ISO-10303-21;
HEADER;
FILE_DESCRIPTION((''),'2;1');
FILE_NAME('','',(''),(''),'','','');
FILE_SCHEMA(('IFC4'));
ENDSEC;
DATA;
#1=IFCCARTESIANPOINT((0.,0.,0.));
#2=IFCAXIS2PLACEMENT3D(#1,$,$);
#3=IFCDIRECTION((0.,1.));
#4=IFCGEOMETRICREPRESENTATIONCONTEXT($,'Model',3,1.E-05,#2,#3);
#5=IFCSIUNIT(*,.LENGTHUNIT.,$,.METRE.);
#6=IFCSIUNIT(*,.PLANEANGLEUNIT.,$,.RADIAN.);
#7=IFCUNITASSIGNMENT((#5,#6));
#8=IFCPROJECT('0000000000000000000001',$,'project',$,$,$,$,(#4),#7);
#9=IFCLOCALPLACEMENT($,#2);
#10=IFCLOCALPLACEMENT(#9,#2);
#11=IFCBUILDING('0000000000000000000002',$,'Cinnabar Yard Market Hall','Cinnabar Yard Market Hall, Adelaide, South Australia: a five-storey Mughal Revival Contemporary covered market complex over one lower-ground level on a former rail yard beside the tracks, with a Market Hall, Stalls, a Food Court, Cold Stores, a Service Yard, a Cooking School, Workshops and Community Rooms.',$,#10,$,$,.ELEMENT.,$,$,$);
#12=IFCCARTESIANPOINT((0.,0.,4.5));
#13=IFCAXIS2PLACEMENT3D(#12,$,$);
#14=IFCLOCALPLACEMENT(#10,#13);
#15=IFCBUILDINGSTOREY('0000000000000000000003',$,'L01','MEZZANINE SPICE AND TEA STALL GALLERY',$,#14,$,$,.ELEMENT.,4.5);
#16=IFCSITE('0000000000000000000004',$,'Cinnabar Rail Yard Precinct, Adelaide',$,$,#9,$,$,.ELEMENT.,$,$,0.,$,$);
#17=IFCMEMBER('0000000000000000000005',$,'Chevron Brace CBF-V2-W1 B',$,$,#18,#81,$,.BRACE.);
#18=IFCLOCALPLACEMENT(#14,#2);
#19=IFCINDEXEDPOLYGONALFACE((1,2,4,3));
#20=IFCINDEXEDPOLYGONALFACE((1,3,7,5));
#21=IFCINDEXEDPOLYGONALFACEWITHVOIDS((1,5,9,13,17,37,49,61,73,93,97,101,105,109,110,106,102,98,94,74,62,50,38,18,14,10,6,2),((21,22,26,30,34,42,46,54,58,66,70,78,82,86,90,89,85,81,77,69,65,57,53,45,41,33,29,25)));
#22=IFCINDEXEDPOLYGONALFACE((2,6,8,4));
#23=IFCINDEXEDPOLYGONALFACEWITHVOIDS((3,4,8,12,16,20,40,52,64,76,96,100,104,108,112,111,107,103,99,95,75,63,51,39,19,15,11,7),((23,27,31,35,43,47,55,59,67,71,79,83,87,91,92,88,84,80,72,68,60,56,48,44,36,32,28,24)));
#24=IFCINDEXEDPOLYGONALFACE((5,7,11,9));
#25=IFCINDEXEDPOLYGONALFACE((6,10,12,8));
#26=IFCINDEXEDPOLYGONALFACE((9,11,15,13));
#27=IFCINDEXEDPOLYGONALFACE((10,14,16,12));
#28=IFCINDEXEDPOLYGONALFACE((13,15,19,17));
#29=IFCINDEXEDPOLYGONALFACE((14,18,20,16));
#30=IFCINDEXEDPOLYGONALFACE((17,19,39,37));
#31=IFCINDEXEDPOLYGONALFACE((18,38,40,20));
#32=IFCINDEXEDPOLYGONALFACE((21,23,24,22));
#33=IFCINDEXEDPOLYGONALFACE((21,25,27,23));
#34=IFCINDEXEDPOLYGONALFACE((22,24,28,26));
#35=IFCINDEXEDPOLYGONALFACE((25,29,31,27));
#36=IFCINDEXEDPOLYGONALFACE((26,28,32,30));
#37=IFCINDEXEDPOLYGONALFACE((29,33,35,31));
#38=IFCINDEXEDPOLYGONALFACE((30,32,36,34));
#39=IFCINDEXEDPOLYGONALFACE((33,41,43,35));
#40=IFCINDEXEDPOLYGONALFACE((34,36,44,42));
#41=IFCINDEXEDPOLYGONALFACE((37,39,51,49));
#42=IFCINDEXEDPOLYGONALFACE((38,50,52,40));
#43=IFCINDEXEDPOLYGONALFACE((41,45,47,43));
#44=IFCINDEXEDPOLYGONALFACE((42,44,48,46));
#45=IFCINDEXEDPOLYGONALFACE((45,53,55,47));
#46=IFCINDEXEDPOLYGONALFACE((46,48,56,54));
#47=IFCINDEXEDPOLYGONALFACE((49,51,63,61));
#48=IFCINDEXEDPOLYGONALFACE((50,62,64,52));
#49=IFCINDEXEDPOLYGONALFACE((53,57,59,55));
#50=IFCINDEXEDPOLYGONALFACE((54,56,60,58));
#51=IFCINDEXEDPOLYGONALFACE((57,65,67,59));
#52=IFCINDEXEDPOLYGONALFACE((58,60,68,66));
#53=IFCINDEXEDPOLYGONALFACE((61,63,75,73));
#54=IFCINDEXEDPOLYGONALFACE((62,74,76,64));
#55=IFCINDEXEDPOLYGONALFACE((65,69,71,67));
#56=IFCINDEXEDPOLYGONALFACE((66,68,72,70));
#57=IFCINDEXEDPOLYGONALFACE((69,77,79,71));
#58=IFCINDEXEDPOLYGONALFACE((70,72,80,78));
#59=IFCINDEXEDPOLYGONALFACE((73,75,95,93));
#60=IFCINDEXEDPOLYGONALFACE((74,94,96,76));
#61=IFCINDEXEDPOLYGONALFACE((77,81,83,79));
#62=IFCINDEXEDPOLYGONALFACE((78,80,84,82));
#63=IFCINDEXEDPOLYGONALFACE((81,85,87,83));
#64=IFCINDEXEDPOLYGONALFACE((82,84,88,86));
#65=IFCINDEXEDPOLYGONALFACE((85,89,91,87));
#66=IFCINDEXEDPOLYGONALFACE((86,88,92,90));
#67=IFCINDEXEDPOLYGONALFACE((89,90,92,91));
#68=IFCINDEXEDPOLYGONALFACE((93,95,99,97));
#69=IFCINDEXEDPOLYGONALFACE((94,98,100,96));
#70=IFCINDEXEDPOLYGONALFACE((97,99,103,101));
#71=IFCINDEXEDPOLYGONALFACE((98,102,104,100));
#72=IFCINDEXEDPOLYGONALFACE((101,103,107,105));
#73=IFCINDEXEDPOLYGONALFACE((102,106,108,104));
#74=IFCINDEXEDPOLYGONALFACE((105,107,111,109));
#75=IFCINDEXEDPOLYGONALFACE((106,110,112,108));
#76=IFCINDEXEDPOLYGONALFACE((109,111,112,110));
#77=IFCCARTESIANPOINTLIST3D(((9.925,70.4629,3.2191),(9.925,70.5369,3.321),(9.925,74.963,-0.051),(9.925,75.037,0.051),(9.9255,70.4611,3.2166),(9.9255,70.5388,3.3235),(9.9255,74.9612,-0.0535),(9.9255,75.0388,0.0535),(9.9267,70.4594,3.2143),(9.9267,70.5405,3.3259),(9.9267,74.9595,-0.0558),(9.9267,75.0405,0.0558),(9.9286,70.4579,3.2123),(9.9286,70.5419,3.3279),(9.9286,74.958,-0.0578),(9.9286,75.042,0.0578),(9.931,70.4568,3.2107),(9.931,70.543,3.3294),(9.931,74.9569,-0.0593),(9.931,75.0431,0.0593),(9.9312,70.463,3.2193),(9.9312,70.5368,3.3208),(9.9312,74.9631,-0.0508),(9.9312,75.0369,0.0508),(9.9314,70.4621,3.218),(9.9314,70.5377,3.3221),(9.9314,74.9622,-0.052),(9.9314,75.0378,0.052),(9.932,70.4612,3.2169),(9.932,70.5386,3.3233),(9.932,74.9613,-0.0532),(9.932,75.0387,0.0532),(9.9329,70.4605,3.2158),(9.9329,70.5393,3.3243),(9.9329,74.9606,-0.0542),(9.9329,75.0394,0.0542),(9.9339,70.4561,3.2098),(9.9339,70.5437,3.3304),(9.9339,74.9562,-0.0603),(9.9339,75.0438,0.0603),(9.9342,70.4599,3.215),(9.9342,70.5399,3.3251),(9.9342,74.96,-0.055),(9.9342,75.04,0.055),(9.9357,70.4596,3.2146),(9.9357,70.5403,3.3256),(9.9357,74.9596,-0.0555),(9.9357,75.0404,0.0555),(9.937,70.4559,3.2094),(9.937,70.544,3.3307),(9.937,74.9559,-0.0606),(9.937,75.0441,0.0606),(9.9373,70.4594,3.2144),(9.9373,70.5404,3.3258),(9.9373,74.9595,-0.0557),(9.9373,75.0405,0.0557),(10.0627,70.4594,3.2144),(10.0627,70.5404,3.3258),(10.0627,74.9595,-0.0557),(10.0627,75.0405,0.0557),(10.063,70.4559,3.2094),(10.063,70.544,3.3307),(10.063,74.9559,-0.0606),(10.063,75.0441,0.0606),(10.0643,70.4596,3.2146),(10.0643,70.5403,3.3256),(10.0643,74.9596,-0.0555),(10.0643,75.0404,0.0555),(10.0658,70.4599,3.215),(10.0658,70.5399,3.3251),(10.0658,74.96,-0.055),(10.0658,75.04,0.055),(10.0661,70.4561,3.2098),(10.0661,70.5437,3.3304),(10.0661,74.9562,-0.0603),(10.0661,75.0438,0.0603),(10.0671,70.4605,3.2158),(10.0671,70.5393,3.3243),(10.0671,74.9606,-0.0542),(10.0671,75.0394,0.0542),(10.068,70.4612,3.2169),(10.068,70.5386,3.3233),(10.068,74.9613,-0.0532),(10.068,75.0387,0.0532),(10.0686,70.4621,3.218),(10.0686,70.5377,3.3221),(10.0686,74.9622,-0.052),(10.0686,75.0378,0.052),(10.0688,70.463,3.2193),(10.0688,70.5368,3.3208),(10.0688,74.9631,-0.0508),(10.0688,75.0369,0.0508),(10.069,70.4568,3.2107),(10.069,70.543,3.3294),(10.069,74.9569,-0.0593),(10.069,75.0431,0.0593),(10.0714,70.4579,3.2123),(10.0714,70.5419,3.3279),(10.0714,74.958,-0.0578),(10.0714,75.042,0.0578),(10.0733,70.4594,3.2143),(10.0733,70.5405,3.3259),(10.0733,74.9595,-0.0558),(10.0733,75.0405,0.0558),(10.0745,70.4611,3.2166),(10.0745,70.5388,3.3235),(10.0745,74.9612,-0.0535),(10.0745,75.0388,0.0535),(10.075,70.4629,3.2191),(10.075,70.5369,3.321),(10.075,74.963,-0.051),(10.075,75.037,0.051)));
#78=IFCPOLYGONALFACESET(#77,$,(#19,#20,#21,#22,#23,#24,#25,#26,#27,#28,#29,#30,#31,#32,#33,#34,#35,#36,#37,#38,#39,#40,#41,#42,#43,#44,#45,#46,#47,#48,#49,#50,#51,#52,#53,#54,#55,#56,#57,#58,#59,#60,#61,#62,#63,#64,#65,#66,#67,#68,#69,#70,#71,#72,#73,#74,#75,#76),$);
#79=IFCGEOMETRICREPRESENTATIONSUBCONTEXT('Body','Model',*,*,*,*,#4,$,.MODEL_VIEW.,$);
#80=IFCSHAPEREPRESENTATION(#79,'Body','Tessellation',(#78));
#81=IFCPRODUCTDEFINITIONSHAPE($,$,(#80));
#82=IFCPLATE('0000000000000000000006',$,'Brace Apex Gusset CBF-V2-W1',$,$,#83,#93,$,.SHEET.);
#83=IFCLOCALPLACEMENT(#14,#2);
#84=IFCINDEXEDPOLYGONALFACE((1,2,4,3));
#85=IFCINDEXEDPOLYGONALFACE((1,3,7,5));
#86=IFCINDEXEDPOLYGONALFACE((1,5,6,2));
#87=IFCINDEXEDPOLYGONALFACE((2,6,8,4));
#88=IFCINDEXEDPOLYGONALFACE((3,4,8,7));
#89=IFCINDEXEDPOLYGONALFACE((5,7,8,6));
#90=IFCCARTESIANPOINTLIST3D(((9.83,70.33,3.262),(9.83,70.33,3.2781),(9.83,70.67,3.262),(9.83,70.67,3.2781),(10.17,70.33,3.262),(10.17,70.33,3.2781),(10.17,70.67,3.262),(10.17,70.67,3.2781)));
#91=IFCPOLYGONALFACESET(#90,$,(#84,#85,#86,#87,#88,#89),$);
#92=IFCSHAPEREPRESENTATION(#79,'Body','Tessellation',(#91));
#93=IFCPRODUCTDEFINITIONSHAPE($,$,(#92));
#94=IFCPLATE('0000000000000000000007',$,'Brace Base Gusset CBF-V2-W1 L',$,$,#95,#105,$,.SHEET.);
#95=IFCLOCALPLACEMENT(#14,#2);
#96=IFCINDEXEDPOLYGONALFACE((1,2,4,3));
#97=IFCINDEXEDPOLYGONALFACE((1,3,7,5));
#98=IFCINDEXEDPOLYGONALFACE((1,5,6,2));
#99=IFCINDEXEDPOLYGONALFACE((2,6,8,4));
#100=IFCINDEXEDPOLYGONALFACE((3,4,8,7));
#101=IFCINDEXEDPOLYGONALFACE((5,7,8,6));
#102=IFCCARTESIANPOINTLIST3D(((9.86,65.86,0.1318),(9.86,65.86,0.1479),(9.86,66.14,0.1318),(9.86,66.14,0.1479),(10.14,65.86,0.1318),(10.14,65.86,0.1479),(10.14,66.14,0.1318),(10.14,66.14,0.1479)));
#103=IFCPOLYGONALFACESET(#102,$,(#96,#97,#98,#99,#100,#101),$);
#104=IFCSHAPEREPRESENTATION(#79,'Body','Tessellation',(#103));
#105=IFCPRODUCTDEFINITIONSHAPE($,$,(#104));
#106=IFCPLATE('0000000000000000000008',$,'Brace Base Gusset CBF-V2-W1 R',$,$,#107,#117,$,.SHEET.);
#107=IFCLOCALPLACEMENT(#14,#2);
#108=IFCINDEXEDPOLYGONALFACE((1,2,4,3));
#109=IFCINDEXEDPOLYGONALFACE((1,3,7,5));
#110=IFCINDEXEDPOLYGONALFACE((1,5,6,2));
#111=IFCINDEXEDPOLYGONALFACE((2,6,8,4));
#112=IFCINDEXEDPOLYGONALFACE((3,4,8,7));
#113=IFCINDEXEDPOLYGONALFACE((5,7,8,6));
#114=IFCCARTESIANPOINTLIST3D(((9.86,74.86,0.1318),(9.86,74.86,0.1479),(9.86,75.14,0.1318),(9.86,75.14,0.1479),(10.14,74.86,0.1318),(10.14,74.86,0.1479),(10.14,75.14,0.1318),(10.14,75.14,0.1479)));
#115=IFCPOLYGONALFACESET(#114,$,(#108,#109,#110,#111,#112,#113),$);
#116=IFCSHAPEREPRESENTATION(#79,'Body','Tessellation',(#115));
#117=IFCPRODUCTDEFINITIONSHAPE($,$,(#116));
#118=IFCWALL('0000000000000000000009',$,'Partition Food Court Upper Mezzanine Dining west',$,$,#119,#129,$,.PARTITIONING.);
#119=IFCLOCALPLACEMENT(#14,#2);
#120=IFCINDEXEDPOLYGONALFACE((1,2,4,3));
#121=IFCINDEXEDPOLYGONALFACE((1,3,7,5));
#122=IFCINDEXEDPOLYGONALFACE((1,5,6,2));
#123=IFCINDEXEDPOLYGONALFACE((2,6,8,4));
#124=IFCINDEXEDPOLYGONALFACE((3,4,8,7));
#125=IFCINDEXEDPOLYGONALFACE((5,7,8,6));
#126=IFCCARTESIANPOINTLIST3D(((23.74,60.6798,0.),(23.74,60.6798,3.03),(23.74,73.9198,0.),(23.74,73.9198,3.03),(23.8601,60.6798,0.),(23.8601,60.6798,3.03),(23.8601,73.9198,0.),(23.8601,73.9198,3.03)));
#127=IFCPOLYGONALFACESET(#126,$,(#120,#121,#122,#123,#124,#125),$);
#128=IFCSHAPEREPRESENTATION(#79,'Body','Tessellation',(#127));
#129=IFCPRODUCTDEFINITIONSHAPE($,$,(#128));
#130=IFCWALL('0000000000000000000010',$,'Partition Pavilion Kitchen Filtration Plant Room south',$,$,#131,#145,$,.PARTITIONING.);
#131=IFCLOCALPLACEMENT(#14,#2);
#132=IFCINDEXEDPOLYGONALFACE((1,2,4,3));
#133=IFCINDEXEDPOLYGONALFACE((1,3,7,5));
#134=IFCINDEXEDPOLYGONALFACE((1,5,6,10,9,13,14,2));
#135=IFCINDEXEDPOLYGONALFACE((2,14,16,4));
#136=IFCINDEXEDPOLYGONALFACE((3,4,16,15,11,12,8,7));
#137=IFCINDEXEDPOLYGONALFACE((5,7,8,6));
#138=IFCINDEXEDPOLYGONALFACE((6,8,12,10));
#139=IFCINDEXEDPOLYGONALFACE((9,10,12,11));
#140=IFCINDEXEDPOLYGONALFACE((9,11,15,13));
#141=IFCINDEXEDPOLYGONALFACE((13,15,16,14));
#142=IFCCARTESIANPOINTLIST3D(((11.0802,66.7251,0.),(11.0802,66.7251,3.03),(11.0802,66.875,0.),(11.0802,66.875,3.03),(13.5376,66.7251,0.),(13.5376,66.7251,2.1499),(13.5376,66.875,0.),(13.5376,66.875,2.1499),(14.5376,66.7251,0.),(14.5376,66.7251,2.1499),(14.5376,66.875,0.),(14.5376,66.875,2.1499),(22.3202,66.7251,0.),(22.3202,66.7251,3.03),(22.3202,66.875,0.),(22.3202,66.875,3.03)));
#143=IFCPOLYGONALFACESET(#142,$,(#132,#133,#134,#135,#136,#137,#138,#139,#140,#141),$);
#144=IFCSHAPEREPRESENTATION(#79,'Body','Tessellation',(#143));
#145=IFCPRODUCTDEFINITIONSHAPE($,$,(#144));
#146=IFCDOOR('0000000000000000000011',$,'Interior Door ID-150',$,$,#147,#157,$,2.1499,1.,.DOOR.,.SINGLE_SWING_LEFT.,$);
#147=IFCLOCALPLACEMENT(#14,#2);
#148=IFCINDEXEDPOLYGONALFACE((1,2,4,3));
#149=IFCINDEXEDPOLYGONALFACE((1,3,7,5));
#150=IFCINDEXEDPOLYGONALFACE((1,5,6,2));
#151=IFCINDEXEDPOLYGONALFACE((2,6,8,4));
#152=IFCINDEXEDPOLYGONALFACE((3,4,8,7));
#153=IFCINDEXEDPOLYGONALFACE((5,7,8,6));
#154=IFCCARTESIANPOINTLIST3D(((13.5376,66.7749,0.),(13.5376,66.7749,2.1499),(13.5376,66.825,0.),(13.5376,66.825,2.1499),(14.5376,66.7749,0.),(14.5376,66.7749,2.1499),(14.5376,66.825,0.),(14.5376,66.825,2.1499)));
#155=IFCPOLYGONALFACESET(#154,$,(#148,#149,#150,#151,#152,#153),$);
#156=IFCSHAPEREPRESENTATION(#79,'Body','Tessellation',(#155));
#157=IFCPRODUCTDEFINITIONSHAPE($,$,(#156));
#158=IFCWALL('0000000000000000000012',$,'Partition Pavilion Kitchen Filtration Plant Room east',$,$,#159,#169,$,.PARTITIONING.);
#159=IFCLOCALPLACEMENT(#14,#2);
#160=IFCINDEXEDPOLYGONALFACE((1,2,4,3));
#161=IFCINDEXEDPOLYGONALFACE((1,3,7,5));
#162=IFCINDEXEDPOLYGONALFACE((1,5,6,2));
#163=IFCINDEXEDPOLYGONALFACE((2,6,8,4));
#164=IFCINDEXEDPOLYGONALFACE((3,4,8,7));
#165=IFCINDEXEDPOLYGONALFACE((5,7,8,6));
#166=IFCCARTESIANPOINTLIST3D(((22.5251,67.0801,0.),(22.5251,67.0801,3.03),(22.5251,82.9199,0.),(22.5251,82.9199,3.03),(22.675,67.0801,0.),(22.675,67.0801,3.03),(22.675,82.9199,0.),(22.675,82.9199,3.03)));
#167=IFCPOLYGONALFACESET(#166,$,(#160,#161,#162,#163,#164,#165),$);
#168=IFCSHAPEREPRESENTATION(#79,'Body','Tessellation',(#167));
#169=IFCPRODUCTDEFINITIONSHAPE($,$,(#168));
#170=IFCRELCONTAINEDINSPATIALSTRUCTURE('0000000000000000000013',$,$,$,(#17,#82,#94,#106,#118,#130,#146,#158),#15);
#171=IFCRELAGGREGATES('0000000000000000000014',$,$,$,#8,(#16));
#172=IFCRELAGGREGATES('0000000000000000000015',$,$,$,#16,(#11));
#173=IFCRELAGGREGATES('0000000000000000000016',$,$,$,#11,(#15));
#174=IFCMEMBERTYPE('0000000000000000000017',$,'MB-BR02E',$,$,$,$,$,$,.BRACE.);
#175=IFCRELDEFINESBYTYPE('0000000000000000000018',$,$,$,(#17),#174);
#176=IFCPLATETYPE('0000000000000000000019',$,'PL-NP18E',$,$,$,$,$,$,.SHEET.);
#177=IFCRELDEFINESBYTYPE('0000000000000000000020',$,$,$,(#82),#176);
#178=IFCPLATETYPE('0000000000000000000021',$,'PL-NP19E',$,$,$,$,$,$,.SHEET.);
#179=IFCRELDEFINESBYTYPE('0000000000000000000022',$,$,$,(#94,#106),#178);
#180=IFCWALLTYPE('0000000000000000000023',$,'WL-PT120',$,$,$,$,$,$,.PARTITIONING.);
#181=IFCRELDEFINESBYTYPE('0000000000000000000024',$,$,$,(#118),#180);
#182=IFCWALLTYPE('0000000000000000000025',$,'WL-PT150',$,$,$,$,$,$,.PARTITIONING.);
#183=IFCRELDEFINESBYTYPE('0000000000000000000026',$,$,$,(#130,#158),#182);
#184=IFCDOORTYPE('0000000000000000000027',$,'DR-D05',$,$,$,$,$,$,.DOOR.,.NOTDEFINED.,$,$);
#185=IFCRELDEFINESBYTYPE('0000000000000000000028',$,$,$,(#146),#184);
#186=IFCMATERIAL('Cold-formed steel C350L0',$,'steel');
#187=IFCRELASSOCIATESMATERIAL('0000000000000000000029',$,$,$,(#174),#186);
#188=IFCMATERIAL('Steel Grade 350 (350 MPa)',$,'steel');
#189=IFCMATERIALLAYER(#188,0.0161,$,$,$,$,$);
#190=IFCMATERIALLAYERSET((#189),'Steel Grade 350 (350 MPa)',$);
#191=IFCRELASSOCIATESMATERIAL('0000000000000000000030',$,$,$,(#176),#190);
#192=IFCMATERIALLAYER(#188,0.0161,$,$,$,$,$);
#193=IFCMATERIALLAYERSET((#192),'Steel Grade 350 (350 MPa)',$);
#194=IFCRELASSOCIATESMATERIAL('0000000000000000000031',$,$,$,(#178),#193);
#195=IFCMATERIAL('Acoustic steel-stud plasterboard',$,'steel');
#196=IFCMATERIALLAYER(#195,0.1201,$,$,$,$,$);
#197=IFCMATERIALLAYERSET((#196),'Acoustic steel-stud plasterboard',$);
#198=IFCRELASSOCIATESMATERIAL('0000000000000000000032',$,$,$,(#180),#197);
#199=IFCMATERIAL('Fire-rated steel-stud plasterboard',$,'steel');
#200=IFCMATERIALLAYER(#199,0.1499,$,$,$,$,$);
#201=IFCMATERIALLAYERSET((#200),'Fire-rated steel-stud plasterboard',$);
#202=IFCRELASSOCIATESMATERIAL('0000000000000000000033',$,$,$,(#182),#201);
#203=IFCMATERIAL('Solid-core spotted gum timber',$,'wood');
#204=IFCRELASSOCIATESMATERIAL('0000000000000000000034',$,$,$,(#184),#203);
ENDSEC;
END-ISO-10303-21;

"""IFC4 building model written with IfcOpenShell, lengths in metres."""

from ifc_helpers import new_model, si_unit, direction, frame, frame_2d, origin, origin_2d_with_axis, place, context, subcontext, project, spatial, rectangle, hollow_rectangle, extrude, material, layer, layer_set, material_profile, profile_set, type_object, element, fill, save


model = new_model("IFC4")

# Units and contexts
model_context = context("Model", 3, precision=1e-05, world=origin(), true_north=direction((0.0, 1.0)))
body_context = subcontext(model_context, "Body", "Model", "MODEL_VIEW")
ifc_project = project(units=[si_unit("LENGTHUNIT", "METRE"), si_unit("PLANEANGLEUNIT", "RADIAN")], contexts=[model_context])

# Site, building, storey
site_placement = place(None, origin())
site = spatial("IfcSite", under=ifc_project, at=site_placement, Name="Cinnabar Rail Yard Precinct, Adelaide", CompositionType="ELEMENT", RefElevation=0.0)
building_placement = place(site_placement, origin())
building = spatial("IfcBuilding", under=site, at=building_placement, Name="Cinnabar Yard Market Hall", Description="Cinnabar Yard Market Hall, Adelaide, South Australia: a five-storey Mughal Revival Contemporary covered market complex over one lower-ground level on a former rail yard beside the tracks, with a Market Hall, Stalls, a Food Court, Cold Stores, a Service Yard, a Cooking School, Workshops and Community Rooms.", CompositionType="ELEMENT")
storey_placement = place(building_placement, frame((0.0, 0.0, 4.5)))
storey = spatial("IfcBuildingStorey", under=building, at=storey_placement, Name="L01", Description="MEZZANINE SPICE AND TEA STALL GALLERY", CompositionType="ELEMENT", Elevation=4.5)

# Member
ifc_material_1 = material(Name="Cold-formed steel C350L0", Category="steel")
ifc_material_profile_1 = material_profile(ifc_material_1, hollow_rectangle(XDim=0.1499, YDim=0.1499, WallThickness=0.0061, InnerFilletRadius=0.0061, OuterFilletRadius=0.012, at=origin_2d_with_axis()), Name="150x150x6.0SHS")
ifc_profile_set_1 = profile_set([ifc_material_profile_1], Name="Cold-formed steel C350L0")
member_type = type_object("IfcMemberType", Name="MB-BR02E", PredefinedType="BRACE", material=ifc_profile_set_1)
for number, where, z_axis, x_axis, name in (
    (1, (10.0, 75.0, 0.0), (0.0, -0.808968, 0.587853), (1.0, 0.0, 0.0), "Chevron Brace CBF-V2-W1 B"),
):
    element("IfcMember", number, at=place(storey_placement, frame(where, z_axis=z_axis, x_axis=x_axis)), inside=storey, type_object=member_type, Name=name, PredefinedType="BRACE", context=body_context, shape_type="SweptSolid", body=[
        extrude(hollow_rectangle(XDim=0.1499, YDim=0.1499, WallThickness=0.0061, InnerFilletRadius=0.0061, OuterFilletRadius=0.012, at=origin_2d_with_axis()), origin(), (0.0, 0.0, 1.0), 5.5627),
    ])

# Plates
ifc_material_2 = material(Name="Steel Grade 350 (350 MPa)", Category="steel")
ifc_layer_1 = layer(ifc_material_2, 0.0161)
ifc_layer_set_1 = layer_set([ifc_layer_1], Name="Steel Grade 350 (350 MPa)")
plate_type_1 = type_object("IfcPlateType", Name="PL-NP18E", PredefinedType="SHEET", material=ifc_layer_set_1)
plate_placement = place(storey_placement, frame((10.0, 70.5, 3.262), z_axis=(0.0, 0.0, 1.0), x_axis=(1.0, 0.0, 0.0)))
element("IfcPlate", 2, at=plate_placement, inside=storey, type_object=plate_type_1, Name="Brace Apex Gusset CBF-V2-W1", PredefinedType="SHEET", context=body_context, shape_type="SweptSolid", body=[
    extrude(rectangle(XDim=0.3401, YDim=0.3401, at=origin_2d_with_axis()), origin(), (0.0, 0.0, 1.0), 0.0161),
])
ifc_layer_2 = layer(ifc_material_2, 0.0161)
ifc_layer_set_2 = layer_set([ifc_layer_2], Name="Steel Grade 350 (350 MPa)")
plate_type_2 = type_object("IfcPlateType", Name="PL-NP19E", PredefinedType="SHEET", material=ifc_layer_set_2)
for number, where, z_axis, x_axis, name in (
    (3, (10.0, 66.0, 0.1318), (0.0, 0.0, 1.0), (1.0, 0.0, 0.0), "Brace Base Gusset CBF-V2-W1 L"),
    (4, (10.0, 75.0, 0.1318), (0.0, 0.0, 1.0), (1.0, 0.0, 0.0), "Brace Base Gusset CBF-V2-W1 R"),
):
    element("IfcPlate", number, at=place(storey_placement, frame(where, z_axis=z_axis, x_axis=x_axis)), inside=storey, type_object=plate_type_2, Name=name, PredefinedType="SHEET", context=body_context, shape_type="SweptSolid", body=[
        extrude(rectangle(XDim=0.28, YDim=0.28, at=origin_2d_with_axis()), origin(), (0.0, 0.0, 1.0), 0.0161),
    ])

# Wall
ifc_material_3 = material(Name="Acoustic steel-stud plasterboard", Category="steel")
ifc_layer_3 = layer(ifc_material_3, 0.1201)
ifc_layer_set_3 = layer_set([ifc_layer_3], Name="Acoustic steel-stud plasterboard")
wall_type_1 = type_object("IfcWallType", Name="WL-PT120", PredefinedType="PARTITIONING", material=ifc_layer_set_3)
wall_1_placement = place(storey_placement, frame((23.8, 73.9199, 0.0), z_axis=(0.0, 0.0, 1.0), x_axis=(0.0, -1.0, 0.0)))
element("IfcWall", 5, at=wall_1_placement, inside=storey, type_object=wall_type_1, Name="Partition Food Court Upper Mezzanine Dining west", PredefinedType="PARTITIONING", context=body_context, shape_type="SweptSolid", body=[
    extrude(rectangle(XDim=13.24, YDim=0.1201, at=frame_2d((6.6201, 0.0), x_axis=(1.0, 0.0))), origin(), (0.0, 0.0, 1.0), 3.03),
])

# Wall, opening, door
ifc_material_4 = material(Name="Fire-rated steel-stud plasterboard", Category="steel")
ifc_layer_4 = layer(ifc_material_4, 0.1499)
ifc_layer_set_4 = layer_set([ifc_layer_4], Name="Fire-rated steel-stud plasterboard")
wall_type_2 = type_object("IfcWallType", Name="WL-PT150", PredefinedType="PARTITIONING", material=ifc_layer_set_4)
wall_2_placement = place(storey_placement, frame((11.0801, 66.8, 0.0), z_axis=(0.0, 0.0, 1.0), x_axis=(1.0, 0.0, 0.0)))
wall_2 = element("IfcWall", 6, at=wall_2_placement, inside=storey, type_object=wall_type_2, Name="Partition Pavilion Kitchen Filtration Plant Room south", PredefinedType="PARTITIONING", context=body_context, shape_type="SweptSolid", body=[
    extrude(rectangle(XDim=11.24, YDim=0.1499, at=frame_2d((5.6201, 0.0), x_axis=(1.0, 0.0))), origin(), (0.0, 0.0, 1.0), 3.03),
])
opening_1_placement = place(wall_2_placement, frame((2.4575, 0.0, 0.0)))
opening_1 = element("IfcOpeningElement", 7, at=opening_1_placement, cuts=wall_2, PredefinedType="OPENING", context=body_context, shape_type="SweptSolid", body=[
    extrude(rectangle(XDim=1.0, YDim=2.1499, at=frame_2d((0.5, 1.075), x_axis=(1.0, 0.0))), frame((0.0, 0.085, 0.0), z_axis=(0.0, -1.0, 0.0), x_axis=(1.0, 0.0, 0.0)), (0.0, 0.0, 1.0), 0.1699),
])
ifc_material_5 = material(Name="Solid-core spotted gum timber", Category="wood")
door_type = type_object("IfcDoorType", Name="DR-D05", OperationType="NOTDEFINED", PredefinedType="DOOR", material=ifc_material_5)
door_placement = place(opening_1_placement, origin())
door = element("IfcDoor", 8, at=door_placement, inside=storey, type_object=door_type, Name="Interior Door ID-150", OperationType="SINGLE_SWING_LEFT", OverallHeight=2.1499, OverallWidth=1.0, PredefinedType="DOOR", context=body_context, shape_type="SweptSolid", body=[
    extrude(rectangle(XDim=1.0, YDim=2.1499, at=frame_2d((0.5, 1.075), x_axis=(1.0, 0.0))), frame((0.0, 0.0249, 0.0), z_axis=(0.0, -1.0, 0.0), x_axis=(1.0, 0.0, 0.0)), (0.0, 0.0, 1.0), 0.05),
])
fill(opening_1, door)

# Wall
wall_3_placement = place(storey_placement, frame((22.6001, 67.0801, 0.0), z_axis=(0.0, 0.0, 1.0), x_axis=(0.0, 1.0, 0.0)))
element("IfcWall", 9, at=wall_3_placement, inside=storey, type_object=wall_type_2, Name="Partition Pavilion Kitchen Filtration Plant Room east", PredefinedType="PARTITIONING", context=body_context, shape_type="SweptSolid", body=[
    extrude(rectangle(XDim=15.8398, YDim=0.1499, at=frame_2d((7.9199, 0.0), x_axis=(1.0, 0.0))), origin(), (0.0, 0.0, 1.0), 3.03),
])

save(model, "model.ifc")
